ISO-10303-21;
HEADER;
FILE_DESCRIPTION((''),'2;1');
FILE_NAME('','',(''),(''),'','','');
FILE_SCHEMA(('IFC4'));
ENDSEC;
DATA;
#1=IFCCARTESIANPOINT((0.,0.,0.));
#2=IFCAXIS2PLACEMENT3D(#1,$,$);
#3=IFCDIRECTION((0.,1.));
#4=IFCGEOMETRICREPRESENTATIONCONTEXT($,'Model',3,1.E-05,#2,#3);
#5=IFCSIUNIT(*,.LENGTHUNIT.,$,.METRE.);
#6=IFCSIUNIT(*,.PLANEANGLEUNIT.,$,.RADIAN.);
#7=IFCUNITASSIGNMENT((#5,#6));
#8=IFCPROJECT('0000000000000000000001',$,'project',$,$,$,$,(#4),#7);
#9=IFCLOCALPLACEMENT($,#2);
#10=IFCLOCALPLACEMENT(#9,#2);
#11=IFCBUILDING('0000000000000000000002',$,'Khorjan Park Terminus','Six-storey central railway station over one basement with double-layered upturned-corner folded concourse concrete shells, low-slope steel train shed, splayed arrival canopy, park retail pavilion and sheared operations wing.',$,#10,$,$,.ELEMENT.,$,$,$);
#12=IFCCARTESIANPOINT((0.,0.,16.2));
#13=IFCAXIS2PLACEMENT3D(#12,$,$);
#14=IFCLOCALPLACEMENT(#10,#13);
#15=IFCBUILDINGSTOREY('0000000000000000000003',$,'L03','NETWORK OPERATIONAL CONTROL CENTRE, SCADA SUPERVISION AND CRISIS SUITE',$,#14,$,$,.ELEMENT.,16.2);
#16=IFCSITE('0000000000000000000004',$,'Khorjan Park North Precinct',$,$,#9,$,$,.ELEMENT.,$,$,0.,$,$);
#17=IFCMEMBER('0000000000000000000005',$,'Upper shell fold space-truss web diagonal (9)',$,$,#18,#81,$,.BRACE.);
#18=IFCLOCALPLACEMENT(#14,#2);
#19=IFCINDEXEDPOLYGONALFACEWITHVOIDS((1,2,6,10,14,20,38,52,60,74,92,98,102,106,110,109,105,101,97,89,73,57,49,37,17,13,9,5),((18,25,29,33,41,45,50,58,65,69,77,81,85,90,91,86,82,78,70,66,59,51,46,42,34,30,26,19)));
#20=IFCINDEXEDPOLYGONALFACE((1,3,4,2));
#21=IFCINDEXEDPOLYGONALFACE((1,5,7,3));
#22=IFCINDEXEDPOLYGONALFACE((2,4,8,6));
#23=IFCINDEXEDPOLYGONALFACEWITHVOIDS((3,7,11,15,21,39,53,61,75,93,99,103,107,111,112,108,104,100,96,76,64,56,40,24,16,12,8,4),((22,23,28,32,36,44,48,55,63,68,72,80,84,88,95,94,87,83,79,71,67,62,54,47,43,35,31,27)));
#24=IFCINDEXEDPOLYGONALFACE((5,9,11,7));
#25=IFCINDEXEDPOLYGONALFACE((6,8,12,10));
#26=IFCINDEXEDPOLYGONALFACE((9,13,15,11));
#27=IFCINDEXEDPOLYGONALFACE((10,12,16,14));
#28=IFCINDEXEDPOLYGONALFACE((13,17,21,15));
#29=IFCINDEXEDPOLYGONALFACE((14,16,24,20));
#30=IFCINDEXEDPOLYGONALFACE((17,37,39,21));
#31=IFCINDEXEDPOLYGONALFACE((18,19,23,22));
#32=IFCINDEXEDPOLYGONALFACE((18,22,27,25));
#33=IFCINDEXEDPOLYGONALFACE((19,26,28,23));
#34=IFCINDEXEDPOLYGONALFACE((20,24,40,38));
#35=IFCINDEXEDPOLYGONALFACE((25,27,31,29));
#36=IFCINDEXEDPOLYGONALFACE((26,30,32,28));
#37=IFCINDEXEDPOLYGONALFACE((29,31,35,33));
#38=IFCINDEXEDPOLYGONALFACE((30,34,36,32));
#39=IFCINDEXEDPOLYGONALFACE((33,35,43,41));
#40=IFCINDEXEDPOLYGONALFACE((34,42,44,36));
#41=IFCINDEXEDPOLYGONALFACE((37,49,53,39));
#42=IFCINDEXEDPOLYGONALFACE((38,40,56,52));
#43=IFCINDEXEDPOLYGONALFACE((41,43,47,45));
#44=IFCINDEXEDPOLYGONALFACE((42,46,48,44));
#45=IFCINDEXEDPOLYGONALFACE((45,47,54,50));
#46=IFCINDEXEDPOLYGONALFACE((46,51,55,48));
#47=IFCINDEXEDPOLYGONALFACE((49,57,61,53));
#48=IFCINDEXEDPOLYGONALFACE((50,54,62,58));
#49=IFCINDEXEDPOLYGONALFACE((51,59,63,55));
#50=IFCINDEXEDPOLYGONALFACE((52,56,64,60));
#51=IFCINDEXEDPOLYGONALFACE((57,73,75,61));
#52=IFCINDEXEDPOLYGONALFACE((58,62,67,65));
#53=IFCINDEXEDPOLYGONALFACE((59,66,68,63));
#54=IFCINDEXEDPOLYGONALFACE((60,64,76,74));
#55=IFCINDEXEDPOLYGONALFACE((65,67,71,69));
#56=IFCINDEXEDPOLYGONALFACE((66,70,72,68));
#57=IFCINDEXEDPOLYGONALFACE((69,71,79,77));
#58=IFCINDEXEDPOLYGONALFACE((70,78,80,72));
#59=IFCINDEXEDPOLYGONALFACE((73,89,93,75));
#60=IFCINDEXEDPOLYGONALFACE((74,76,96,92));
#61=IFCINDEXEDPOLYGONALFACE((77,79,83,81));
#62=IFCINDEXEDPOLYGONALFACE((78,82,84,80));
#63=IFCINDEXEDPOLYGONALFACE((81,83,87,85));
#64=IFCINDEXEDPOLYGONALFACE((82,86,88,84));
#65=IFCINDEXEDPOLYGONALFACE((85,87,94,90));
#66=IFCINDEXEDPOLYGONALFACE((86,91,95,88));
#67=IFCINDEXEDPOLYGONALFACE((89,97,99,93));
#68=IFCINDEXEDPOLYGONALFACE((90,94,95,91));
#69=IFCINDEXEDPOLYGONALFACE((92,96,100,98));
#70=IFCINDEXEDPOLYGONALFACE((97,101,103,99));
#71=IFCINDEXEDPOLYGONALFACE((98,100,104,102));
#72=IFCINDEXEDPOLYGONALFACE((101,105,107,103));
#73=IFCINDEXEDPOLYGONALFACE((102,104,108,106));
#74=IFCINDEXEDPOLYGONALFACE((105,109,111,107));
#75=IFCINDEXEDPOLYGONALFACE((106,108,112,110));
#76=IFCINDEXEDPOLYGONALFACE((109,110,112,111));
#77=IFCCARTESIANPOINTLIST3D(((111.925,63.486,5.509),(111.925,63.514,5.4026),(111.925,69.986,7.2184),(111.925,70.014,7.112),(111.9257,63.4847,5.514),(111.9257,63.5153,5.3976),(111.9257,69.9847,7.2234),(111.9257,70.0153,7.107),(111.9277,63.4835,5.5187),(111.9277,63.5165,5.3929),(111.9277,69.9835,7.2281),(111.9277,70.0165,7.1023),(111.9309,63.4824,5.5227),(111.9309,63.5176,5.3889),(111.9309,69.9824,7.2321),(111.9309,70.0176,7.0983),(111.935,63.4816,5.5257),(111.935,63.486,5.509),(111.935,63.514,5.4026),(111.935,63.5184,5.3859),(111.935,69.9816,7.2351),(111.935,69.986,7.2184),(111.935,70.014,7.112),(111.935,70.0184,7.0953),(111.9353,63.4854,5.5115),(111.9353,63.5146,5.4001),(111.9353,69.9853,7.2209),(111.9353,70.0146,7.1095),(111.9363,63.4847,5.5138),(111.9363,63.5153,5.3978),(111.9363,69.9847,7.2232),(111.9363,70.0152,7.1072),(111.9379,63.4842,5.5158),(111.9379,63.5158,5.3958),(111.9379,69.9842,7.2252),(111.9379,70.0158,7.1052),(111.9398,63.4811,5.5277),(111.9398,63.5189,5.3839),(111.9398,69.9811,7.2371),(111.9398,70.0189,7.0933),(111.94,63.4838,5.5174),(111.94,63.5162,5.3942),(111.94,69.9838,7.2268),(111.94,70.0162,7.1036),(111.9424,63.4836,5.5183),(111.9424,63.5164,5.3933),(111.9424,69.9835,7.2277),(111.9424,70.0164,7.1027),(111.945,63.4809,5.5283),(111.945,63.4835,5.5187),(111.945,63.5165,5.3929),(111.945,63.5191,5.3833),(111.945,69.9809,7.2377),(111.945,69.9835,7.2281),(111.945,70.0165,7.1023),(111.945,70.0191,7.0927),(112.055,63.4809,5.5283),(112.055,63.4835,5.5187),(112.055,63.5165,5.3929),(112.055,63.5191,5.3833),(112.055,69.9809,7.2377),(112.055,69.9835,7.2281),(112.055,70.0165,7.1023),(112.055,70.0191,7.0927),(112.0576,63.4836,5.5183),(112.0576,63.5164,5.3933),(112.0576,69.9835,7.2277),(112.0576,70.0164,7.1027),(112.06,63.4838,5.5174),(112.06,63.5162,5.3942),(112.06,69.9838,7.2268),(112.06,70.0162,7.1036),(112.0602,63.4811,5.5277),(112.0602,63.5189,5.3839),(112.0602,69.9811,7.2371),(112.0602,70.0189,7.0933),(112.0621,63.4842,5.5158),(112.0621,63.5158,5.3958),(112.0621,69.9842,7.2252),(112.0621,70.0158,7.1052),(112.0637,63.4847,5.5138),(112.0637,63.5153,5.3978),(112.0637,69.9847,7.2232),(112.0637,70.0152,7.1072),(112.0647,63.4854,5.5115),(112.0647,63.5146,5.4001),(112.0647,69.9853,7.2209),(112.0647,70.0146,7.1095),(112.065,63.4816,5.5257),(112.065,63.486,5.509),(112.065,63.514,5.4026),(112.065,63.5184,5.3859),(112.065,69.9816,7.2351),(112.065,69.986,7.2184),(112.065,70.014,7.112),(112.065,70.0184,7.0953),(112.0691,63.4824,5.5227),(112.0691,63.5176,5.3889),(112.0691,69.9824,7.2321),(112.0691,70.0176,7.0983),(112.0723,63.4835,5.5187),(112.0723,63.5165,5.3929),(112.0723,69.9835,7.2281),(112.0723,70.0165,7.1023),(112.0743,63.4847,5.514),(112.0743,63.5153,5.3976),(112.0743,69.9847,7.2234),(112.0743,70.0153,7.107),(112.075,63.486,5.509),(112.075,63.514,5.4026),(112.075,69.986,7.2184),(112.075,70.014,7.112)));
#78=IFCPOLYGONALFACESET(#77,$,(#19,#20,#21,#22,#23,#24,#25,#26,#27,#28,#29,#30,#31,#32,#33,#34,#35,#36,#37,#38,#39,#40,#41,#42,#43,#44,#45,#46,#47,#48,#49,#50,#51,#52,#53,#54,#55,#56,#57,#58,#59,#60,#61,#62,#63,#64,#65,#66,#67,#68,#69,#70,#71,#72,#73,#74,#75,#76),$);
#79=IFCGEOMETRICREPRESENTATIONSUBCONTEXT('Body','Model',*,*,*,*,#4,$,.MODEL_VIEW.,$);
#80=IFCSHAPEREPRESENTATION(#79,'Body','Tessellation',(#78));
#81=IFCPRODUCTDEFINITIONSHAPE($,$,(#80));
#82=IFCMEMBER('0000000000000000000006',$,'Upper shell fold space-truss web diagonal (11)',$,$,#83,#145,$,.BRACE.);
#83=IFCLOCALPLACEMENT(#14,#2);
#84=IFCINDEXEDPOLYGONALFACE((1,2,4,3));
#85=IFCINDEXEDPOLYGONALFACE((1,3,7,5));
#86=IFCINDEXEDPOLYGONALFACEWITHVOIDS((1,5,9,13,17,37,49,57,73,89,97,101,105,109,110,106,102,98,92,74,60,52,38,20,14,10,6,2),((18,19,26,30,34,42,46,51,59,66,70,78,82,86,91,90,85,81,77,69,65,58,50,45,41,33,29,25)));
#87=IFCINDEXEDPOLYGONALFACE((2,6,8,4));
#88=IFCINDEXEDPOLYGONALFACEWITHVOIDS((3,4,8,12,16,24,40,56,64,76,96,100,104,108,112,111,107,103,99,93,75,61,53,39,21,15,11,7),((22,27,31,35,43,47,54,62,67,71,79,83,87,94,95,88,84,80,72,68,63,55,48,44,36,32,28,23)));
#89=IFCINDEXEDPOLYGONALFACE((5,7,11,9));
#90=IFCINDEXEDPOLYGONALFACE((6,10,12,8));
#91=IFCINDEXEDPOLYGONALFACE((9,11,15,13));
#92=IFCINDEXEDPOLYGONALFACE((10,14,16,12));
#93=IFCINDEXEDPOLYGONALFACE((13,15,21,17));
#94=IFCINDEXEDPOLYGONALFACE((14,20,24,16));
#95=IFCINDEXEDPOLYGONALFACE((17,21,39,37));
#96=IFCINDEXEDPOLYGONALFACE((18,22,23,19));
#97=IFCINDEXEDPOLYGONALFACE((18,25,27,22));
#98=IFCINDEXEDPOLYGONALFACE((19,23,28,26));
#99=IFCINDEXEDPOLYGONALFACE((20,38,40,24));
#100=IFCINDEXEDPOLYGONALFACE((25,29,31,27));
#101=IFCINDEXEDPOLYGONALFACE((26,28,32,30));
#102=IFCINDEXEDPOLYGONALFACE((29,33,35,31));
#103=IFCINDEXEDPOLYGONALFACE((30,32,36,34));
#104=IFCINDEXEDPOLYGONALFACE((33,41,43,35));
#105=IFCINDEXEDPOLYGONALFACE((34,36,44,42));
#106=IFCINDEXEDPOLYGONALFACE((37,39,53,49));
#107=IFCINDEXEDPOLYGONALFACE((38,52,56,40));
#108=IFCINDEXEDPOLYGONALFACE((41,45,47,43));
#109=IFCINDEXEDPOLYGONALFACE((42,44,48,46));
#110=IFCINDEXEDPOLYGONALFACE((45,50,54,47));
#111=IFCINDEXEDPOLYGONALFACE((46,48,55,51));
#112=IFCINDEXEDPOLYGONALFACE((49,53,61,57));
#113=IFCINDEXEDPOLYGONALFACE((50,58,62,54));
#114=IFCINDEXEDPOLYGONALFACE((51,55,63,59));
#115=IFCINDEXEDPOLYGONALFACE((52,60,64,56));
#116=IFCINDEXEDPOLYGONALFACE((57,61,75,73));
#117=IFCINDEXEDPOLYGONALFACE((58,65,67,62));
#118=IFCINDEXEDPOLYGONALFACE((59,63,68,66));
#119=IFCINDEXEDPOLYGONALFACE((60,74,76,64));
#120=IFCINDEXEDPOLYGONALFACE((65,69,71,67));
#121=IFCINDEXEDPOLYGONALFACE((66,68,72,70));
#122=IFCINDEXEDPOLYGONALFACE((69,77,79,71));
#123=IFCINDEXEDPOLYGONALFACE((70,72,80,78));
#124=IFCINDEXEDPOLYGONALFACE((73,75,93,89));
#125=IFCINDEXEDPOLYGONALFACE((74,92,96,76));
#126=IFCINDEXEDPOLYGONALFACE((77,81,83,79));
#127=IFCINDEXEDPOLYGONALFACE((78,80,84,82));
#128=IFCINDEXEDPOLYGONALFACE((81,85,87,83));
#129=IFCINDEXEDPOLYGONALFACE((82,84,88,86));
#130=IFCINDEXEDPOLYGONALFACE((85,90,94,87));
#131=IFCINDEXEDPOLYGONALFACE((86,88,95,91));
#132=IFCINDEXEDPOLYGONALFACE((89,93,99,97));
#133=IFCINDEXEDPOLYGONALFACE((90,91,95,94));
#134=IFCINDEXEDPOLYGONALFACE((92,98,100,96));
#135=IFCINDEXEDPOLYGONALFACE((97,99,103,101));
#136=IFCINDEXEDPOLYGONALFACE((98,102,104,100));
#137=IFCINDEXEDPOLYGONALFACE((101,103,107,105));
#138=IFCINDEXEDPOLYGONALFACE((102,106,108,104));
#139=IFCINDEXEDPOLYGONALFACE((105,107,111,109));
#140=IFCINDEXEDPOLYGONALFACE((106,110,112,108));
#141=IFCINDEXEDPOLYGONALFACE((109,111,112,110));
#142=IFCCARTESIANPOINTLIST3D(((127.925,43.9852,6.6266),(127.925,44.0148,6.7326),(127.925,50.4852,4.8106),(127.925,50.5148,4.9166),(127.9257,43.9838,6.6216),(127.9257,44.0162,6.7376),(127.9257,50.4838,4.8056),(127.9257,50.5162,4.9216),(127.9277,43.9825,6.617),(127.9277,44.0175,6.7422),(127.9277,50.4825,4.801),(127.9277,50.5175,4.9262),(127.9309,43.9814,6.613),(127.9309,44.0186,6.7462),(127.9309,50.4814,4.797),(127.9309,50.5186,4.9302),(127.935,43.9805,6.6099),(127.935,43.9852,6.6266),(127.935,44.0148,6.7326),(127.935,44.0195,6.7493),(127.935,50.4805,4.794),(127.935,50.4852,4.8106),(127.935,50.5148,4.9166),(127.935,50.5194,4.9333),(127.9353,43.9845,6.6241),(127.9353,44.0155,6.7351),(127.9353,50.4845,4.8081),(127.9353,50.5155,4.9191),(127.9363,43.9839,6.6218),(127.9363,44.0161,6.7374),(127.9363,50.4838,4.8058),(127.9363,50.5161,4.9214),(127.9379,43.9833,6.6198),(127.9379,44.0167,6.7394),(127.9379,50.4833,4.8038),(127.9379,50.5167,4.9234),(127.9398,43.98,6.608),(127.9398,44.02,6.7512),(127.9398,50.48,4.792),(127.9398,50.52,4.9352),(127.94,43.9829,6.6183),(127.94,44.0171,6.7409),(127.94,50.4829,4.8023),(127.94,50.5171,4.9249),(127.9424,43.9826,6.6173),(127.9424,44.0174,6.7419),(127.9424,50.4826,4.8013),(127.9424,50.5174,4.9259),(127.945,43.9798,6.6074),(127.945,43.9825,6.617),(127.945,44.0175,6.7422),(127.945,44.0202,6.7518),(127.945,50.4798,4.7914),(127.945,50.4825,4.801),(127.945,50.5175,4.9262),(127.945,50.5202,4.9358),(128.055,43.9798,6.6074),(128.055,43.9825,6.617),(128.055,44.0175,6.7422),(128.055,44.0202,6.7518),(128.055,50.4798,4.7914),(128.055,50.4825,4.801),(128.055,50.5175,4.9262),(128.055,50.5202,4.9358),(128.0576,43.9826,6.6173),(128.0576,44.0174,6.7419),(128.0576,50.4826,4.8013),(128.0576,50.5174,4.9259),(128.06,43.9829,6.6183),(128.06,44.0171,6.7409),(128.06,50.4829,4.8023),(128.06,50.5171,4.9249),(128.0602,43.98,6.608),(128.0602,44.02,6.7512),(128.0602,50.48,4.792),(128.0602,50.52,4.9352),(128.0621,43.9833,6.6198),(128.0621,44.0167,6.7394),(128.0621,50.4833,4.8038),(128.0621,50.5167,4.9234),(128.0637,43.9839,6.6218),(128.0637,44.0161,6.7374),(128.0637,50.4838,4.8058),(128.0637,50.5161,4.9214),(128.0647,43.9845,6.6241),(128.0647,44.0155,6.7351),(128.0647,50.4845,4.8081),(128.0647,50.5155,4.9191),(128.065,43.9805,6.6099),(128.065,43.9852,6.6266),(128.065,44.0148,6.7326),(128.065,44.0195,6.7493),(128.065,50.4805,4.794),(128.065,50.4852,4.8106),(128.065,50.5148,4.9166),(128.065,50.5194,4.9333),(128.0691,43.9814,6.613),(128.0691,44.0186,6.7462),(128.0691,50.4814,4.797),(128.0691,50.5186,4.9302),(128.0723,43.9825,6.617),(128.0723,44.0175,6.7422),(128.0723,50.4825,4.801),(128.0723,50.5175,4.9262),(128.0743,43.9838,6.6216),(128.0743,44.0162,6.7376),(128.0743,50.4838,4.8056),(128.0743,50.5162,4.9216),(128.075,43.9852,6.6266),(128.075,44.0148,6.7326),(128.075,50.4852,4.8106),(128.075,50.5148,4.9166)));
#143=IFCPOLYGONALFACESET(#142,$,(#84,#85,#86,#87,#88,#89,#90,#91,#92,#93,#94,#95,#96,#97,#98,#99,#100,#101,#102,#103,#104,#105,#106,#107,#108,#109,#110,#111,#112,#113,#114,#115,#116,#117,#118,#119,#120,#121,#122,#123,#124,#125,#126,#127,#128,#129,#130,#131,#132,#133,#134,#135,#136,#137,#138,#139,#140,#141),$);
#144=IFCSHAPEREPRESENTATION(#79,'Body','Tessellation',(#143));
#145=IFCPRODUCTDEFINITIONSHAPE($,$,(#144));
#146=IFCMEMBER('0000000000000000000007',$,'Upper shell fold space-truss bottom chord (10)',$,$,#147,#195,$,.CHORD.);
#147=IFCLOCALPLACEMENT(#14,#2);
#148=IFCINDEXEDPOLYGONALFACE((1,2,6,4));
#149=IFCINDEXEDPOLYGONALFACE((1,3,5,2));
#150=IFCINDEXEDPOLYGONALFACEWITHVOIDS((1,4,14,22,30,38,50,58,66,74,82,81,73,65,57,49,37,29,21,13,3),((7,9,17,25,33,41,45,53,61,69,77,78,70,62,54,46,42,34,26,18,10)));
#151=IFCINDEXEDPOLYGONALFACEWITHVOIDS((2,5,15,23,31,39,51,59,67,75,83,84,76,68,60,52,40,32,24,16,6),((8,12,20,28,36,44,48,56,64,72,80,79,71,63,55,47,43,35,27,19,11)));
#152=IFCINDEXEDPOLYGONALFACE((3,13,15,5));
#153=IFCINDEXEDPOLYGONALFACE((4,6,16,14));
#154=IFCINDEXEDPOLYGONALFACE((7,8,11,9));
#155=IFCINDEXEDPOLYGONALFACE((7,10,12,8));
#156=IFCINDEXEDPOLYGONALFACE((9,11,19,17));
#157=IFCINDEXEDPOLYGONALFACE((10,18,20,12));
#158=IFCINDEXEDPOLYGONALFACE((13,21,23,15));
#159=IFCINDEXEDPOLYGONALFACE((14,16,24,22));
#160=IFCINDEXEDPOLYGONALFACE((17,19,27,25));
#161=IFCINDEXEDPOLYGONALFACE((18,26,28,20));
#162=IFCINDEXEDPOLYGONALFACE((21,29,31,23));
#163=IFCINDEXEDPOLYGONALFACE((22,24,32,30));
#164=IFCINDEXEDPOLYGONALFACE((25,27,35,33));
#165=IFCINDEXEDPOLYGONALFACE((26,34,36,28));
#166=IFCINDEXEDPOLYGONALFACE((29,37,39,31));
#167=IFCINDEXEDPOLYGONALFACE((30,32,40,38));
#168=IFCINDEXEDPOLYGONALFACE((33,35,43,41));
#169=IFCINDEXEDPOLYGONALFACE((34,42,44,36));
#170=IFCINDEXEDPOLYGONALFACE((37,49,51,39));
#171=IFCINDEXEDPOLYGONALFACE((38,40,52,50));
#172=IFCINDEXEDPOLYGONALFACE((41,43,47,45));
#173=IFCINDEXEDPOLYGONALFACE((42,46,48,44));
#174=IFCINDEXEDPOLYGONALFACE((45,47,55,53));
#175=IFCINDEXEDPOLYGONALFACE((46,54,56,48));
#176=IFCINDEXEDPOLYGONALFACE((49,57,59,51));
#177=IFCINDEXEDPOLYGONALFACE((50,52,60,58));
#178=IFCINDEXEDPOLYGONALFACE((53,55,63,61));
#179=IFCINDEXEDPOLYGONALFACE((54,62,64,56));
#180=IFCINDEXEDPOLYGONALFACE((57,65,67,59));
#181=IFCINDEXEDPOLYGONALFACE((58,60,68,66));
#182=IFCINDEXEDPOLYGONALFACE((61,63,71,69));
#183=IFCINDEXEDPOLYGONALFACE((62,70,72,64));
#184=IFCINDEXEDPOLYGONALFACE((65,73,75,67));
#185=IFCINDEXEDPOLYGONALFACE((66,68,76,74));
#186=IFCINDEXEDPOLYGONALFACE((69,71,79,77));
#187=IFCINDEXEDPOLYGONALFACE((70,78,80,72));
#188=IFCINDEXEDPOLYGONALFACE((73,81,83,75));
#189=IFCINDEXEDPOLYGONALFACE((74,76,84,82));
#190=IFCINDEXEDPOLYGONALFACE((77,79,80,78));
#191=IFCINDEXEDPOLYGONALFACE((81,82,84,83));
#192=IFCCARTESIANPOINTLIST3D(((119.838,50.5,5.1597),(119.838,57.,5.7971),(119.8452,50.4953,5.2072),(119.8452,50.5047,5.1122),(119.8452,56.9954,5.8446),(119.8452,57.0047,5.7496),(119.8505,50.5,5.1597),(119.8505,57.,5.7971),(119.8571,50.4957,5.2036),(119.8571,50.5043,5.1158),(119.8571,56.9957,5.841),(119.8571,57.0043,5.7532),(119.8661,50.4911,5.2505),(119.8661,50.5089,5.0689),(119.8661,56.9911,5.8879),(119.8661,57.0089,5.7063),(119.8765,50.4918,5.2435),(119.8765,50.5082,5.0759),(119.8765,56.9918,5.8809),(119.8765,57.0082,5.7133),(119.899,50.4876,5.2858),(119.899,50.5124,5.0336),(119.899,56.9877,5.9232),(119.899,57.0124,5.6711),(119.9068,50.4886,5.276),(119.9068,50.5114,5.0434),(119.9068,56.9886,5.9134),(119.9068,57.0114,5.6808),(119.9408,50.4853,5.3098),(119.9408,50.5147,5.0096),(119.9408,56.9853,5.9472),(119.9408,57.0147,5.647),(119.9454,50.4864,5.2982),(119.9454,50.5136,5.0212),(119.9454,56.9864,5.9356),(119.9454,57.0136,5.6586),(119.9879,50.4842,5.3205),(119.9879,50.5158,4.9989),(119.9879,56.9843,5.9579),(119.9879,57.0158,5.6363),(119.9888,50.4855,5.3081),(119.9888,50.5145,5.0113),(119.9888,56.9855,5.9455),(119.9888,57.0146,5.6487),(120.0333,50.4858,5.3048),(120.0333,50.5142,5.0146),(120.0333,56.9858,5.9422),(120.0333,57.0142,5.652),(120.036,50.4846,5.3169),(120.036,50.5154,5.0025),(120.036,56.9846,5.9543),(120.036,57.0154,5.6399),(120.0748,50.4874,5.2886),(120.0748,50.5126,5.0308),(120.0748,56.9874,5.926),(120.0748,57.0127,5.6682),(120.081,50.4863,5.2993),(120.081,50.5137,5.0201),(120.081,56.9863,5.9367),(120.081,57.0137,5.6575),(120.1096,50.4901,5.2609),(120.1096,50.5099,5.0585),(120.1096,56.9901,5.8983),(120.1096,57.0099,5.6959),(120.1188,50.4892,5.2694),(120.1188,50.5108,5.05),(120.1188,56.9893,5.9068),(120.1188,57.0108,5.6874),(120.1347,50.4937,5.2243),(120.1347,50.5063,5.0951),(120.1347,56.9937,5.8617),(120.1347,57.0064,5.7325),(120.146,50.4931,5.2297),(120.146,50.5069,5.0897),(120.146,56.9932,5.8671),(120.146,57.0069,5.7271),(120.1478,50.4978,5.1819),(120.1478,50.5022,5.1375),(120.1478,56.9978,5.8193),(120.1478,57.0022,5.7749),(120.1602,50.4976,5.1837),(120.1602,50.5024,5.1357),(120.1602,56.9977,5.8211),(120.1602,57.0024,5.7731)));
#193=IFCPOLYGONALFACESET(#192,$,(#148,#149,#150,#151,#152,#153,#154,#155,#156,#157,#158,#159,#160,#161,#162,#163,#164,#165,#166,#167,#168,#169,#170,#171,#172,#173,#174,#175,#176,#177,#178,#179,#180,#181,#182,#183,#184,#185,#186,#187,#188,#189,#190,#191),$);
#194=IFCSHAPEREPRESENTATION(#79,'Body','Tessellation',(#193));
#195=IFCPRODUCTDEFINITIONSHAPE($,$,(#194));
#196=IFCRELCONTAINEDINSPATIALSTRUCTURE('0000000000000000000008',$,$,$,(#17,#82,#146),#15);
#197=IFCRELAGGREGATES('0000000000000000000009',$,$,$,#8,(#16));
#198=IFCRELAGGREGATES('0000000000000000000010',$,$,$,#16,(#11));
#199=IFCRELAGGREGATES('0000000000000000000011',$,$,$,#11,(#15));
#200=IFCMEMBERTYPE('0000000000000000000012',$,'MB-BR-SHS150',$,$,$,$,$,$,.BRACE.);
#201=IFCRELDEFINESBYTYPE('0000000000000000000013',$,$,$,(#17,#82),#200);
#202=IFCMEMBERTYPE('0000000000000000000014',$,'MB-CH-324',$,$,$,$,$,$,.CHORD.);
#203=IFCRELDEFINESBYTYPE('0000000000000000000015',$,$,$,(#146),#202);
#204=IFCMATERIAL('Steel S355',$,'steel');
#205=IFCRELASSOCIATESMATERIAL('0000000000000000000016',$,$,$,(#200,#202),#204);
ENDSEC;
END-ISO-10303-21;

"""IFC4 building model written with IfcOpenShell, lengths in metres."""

from ifc_helpers import new_model, si_unit, direction, frame, origin, origin_2d, place, context, subcontext, project, spatial, hollow_rectangle, hollow_circle, extrude, material, material_profile, profile_set, type_object, element, save


model = new_model("IFC4")

# Units and contexts
model_context = context("Model", 3, precision=1e-05, world=origin(), true_north=direction((0.0, 1.0)))
body_context = subcontext(model_context, "Body", "Model", "MODEL_VIEW")
ifc_project = project(units=[si_unit("LENGTHUNIT", "METRE"), si_unit("PLANEANGLEUNIT", "RADIAN")], contexts=[model_context])

# Site, building, storey
site_placement = place(None, origin())
site = spatial("IfcSite", under=ifc_project, at=site_placement, Name="Khorjan Park North Precinct", CompositionType="ELEMENT", RefElevation=0.0)
building_placement = place(site_placement, origin())
building = spatial("IfcBuilding", under=site, at=building_placement, Name="Khorjan Park Terminus", Description="Six-storey central railway station over one basement with double-layered upturned-corner folded concourse concrete shells, low-slope steel train shed, splayed arrival canopy, park retail pavilion and sheared operations wing.", CompositionType="ELEMENT")
storey_placement = place(building_placement, frame((0.0, 0.0, 16.2)))
storey = spatial("IfcBuildingStorey", under=building, at=storey_placement, Name="L03", Description="NETWORK OPERATIONAL CONTROL CENTRE, SCADA SUPERVISION AND CRISIS SUITE", CompositionType="ELEMENT", Elevation=16.2)

# Members
ifc_material = material(Name="Steel S355", Category="steel")
ifc_material_profile_1 = material_profile(ifc_material, hollow_rectangle(XDim=0.15, YDim=0.15, WallThickness=0.01, InnerFilletRadius=0.01, OuterFilletRadius=0.02, at=origin_2d()), Name="SHS 150x150x10")
ifc_profile_set_1 = profile_set([ifc_material_profile_1], Name="Steel S355")
member_type_1 = type_object("IfcMemberType", Name="MB-BR-SHS150", PredefinedType="BRACE", material=ifc_profile_set_1)
member_1_placement = place(storey_placement, frame((112.0, 63.5, 5.4558), z_axis=(0.0, 0.967116, 0.254337), x_axis=(-1.0, 0.0, 0.0)))
element("IfcMember", 1, at=member_1_placement, inside=storey, type_object=member_type_1, Name="Upper shell fold space-truss web diagonal (9)", PredefinedType="BRACE", context=body_context, shape_type="SweptSolid", body=[
    extrude(hollow_rectangle(XDim=0.15, YDim=0.15, WallThickness=0.01, InnerFilletRadius=0.01, OuterFilletRadius=0.02, at=origin_2d()), origin(), (0.0, 0.0, 1.0), 6.721),
])
member_2_placement = place(storey_placement, frame((128.0, 44.0, 6.6796), z_axis=(0.0, 0.963118, -0.26908), x_axis=(-1.0, 0.0, 0.0)))
element("IfcMember", 2, at=member_2_placement, inside=storey, type_object=member_type_1, Name="Upper shell fold space-truss web diagonal (11)", PredefinedType="BRACE", context=body_context, shape_type="SweptSolid", body=[
    extrude(hollow_rectangle(XDim=0.15, YDim=0.15, WallThickness=0.01, InnerFilletRadius=0.01, OuterFilletRadius=0.02, at=origin_2d()), origin(), (0.0, 0.0, 1.0), 6.7489),
])
ifc_material_profile_2 = material_profile(ifc_material, hollow_circle(Radius=0.162, WallThickness=0.0125, at=origin_2d()), Name="CHS 323.9x12.5")
ifc_profile_set_2 = profile_set([ifc_material_profile_2], Name="Steel S355")
member_type_2 = type_object("IfcMemberType", Name="MB-CH-324", PredefinedType="CHORD", material=ifc_profile_set_2)
for number, where, z_axis, x_axis, name in (
    (3, (120.0, 50.5, 5.1597), (0.0, 0.995226, 0.097593), (-1.0, 0.0, 0.0), "Upper shell fold space-truss bottom chord (10)"),
):
    element("IfcMember", number, at=place(storey_placement, frame(where, z_axis=z_axis, x_axis=x_axis)), inside=storey, type_object=member_type_2, Name=name, PredefinedType="CHORD", context=body_context, shape_type="SweptSolid", body=[
        extrude(hollow_circle(Radius=0.162, WallThickness=0.0125, at=origin_2d()), origin(), (0.0, 0.0, 1.0), 6.5312),
    ])

save(model, "model.ifc")
